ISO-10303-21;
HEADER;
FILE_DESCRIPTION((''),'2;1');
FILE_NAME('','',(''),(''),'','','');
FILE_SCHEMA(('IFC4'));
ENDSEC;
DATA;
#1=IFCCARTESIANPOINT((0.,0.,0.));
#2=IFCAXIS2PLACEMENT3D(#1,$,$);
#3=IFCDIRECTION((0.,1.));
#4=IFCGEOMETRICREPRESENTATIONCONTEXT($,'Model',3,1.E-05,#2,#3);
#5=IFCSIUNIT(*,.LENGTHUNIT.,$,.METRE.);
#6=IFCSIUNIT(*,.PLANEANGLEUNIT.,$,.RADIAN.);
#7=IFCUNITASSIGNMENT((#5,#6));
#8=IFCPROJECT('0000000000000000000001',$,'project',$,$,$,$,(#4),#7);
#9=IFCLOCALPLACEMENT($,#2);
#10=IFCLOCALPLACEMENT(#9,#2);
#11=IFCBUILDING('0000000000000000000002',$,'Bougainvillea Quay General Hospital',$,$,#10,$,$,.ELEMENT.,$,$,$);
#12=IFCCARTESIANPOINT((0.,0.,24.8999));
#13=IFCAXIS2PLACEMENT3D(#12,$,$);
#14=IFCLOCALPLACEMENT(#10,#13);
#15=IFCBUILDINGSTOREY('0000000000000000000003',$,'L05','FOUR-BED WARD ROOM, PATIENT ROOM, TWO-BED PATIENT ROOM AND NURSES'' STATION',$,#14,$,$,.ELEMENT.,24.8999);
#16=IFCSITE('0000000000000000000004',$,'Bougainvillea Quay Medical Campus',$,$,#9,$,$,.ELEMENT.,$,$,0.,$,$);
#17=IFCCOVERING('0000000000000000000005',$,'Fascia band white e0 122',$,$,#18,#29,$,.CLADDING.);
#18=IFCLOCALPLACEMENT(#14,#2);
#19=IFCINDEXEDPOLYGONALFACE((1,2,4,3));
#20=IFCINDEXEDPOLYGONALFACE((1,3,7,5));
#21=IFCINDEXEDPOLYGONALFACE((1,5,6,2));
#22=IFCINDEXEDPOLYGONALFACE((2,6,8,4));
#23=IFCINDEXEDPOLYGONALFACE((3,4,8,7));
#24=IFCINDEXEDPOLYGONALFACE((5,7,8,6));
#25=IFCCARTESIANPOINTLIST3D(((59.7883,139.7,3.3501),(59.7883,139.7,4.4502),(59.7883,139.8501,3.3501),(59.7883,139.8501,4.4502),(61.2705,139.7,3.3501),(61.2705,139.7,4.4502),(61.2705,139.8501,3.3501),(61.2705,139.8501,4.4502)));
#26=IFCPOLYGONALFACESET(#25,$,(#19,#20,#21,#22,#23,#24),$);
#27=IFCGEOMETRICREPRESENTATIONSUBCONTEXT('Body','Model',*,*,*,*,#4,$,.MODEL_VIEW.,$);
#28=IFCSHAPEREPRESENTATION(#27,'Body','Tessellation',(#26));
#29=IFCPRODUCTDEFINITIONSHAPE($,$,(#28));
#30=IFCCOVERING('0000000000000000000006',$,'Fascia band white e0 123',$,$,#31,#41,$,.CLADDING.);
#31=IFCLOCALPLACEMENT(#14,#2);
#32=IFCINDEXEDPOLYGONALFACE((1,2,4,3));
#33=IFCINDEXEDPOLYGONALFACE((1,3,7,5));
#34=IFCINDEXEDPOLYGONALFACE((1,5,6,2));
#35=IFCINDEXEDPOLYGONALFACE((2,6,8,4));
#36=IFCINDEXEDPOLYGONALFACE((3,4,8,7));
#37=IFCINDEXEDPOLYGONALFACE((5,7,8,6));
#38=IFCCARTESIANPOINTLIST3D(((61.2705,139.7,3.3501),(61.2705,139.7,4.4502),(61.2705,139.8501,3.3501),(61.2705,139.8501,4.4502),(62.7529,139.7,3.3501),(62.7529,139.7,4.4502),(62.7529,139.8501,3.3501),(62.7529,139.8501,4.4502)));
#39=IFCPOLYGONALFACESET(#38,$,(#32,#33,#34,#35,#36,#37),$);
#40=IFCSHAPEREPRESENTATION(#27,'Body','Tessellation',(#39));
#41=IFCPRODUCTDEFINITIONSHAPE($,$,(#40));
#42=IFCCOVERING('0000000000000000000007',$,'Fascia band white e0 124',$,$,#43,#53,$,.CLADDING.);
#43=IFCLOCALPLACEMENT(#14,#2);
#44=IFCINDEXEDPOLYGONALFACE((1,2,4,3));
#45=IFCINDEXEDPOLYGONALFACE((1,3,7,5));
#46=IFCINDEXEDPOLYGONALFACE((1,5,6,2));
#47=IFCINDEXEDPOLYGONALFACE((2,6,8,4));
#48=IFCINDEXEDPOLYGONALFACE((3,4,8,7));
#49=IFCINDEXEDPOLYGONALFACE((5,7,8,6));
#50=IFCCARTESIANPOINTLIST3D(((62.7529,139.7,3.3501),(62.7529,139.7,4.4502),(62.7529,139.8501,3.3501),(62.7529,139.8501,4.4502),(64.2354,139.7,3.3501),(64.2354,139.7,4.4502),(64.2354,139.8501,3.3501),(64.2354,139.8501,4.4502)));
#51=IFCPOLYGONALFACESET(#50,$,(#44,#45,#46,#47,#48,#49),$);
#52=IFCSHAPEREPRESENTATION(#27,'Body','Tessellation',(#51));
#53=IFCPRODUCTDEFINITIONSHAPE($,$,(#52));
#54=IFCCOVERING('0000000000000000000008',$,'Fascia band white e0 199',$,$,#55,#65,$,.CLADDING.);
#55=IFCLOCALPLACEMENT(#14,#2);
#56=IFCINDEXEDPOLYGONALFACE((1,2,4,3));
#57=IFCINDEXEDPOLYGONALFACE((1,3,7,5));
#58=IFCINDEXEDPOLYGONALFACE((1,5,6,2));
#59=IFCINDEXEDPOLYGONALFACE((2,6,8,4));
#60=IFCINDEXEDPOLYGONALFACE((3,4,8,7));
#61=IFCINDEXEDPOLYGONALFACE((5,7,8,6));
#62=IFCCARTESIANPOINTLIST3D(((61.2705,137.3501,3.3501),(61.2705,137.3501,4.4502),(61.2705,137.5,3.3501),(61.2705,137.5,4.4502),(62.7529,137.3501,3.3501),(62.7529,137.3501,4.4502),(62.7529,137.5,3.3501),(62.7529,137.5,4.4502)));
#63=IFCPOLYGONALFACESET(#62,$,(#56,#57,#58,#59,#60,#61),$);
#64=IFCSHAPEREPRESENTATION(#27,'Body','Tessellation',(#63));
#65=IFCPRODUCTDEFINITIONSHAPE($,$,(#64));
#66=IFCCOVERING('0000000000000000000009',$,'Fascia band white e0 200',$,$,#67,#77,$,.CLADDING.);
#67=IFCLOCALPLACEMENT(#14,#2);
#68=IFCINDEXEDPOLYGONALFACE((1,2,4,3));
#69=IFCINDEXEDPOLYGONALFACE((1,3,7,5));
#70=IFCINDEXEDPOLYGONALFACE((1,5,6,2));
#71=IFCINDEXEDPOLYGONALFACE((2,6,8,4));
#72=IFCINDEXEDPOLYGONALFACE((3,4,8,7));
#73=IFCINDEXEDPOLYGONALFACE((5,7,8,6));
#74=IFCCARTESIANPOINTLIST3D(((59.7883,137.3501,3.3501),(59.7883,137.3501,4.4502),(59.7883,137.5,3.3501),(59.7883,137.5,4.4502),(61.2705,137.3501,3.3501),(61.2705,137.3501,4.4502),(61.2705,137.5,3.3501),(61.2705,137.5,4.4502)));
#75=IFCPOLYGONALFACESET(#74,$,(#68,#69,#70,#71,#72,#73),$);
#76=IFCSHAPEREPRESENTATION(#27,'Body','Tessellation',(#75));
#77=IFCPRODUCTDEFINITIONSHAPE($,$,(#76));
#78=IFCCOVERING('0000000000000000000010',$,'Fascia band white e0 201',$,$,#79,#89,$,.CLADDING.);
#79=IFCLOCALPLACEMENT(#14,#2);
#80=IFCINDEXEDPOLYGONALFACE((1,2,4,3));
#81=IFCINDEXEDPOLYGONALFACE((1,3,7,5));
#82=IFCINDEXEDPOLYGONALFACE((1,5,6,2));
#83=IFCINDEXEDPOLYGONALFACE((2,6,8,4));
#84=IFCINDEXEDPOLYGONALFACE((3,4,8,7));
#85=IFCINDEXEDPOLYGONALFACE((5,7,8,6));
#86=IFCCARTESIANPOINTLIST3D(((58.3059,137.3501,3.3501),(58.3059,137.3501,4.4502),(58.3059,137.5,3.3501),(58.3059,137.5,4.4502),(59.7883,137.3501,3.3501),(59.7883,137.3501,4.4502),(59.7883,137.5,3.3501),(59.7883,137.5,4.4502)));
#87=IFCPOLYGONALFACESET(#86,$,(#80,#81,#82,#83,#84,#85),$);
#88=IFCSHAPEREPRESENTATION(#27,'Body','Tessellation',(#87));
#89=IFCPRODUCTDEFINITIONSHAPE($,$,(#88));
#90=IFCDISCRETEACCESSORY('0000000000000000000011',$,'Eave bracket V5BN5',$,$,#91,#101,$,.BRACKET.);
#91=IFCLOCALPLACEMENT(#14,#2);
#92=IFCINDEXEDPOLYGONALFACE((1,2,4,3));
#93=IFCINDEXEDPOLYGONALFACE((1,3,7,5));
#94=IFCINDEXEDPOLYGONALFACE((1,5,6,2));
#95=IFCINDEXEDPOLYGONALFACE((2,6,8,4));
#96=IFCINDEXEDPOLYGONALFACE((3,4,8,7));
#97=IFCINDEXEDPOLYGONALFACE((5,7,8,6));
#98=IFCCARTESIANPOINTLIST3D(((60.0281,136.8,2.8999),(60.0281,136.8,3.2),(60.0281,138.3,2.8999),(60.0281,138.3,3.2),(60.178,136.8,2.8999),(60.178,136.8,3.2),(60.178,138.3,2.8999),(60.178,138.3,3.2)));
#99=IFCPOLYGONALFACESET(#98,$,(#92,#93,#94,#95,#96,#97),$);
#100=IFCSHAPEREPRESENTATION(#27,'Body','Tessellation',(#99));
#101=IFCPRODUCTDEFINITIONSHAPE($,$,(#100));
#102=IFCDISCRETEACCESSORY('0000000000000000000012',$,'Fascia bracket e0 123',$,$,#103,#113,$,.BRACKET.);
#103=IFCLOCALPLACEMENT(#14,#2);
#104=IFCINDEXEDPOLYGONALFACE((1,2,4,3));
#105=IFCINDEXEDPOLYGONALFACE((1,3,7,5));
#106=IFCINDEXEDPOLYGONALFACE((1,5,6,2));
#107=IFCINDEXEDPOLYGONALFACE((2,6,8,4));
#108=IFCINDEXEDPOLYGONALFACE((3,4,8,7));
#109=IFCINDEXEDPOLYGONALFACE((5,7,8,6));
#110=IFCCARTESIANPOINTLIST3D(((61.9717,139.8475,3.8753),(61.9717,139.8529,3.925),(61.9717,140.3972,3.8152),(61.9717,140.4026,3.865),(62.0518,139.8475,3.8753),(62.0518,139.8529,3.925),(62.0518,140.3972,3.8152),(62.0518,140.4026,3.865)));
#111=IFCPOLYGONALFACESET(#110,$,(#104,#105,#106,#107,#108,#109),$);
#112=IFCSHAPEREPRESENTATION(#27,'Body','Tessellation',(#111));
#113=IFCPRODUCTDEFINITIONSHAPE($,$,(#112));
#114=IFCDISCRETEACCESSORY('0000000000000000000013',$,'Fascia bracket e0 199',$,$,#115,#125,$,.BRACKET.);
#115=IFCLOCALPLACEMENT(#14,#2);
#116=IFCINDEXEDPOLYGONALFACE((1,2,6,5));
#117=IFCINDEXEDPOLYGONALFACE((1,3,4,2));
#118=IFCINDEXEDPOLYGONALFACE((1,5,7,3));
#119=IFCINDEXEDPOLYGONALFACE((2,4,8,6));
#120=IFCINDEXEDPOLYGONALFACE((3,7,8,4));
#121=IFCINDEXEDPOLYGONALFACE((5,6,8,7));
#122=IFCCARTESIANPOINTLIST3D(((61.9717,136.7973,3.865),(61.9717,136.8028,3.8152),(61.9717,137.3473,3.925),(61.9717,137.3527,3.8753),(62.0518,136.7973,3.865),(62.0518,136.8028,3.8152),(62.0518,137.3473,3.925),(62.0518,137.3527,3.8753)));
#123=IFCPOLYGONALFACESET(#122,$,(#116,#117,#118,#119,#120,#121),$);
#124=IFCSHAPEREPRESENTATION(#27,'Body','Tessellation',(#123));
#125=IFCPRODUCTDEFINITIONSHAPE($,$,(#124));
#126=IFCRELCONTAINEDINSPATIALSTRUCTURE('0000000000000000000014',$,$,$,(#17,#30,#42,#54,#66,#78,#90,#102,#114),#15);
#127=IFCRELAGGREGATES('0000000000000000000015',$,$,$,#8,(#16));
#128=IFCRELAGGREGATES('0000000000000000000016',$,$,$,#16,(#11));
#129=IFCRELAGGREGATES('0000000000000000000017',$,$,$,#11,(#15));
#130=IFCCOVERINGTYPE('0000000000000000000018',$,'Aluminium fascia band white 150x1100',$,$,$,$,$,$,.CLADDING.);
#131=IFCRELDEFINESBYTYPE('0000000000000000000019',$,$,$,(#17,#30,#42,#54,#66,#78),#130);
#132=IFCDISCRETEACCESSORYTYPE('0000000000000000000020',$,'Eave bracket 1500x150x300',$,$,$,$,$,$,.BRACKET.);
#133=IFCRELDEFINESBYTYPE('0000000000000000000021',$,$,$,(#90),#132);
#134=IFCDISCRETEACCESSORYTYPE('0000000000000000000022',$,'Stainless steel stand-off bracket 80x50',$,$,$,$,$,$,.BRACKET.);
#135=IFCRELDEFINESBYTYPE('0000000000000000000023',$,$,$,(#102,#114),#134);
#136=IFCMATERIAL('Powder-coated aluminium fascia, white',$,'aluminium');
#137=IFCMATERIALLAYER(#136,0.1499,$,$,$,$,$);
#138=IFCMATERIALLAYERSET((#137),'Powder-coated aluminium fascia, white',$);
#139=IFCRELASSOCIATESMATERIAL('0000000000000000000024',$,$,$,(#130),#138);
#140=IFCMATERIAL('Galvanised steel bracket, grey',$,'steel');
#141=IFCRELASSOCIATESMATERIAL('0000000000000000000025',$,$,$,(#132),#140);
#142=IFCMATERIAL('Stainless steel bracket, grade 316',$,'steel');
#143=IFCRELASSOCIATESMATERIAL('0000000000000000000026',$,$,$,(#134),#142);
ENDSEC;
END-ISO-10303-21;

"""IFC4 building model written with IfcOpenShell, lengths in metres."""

from ifc_helpers import new_model, si_unit, direction, frame, origin, origin_2d, place, context, subcontext, project, spatial, polyline, rectangle, outline, extrude, material, layer, layer_set, material_profile, profile_set, type_object, element, save


model = new_model("IFC4")

# Units and contexts
model_context = context("Model", 3, precision=1e-05, world=origin(), true_north=direction((0.0, 1.0)))
body_context = subcontext(model_context, "Body", "Model", "MODEL_VIEW")
ifc_project = project(units=[si_unit("LENGTHUNIT", "METRE"), si_unit("PLANEANGLEUNIT", "RADIAN")], contexts=[model_context])

# Site, building, storey
site_placement = place(None, origin())
site = spatial("IfcSite", under=ifc_project, at=site_placement, Name="Bougainvillea Quay Medical Campus", CompositionType="ELEMENT", RefElevation=0.0)
building_placement = place(site_placement, origin())
building = spatial("IfcBuilding", under=site, at=building_placement, Name="Bougainvillea Quay General Hospital", CompositionType="ELEMENT")
storey_placement = place(building_placement, frame((0.0, 0.0, 24.8999)))
storey = spatial("IfcBuildingStorey", under=building, at=storey_placement, Name="L05", Description="FOUR-BED WARD ROOM, PATIENT ROOM, TWO-BED PATIENT ROOM AND NURSES' STATION", CompositionType="ELEMENT", Elevation=24.8999)

# Coverings
ifc_material_1 = material(Name="Powder-coated aluminium fascia, white", Category="aluminium")
ifc_layer_1 = layer(ifc_material_1, 0.1499)
ifc_layer_set_1 = layer_set([ifc_layer_1], Name="Powder-coated aluminium fascia, white")
covering_type = type_object("IfcCoveringType", Name="Aluminium fascia band white 150x1100", PredefinedType="CLADDING", material=ifc_layer_set_1)
covering_1_placement = place(storey_placement, frame((59.7883, 139.8501, 3.3501), z_axis=(0.0, 0.0, 1.0), x_axis=(1.0, 0.0, 0.0)))
element("IfcCovering", 1, at=covering_1_placement, inside=storey, type_object=covering_type, Name="Fascia band white e0 122", PredefinedType="CLADDING", context=body_context, shape_type="SweptSolid", body=[
    extrude(outline(polyline([(0.0, 0.0), (1.4822, 0.0), (1.4822, -0.1501), (0.0, -0.1501), (0.0, 0.0)])), origin(), (0.0, 0.0, 1.0), 1.1001),
])
for number, where, z_axis, x_axis, name in (
    (2, (61.2705, 139.8501, 3.3501), (0.0, 0.0, 1.0), (1.0, 0.0, 0.0), "Fascia band white e0 123"),
    (3, (62.7529, 139.8501, 3.3501), (0.0, 0.0, 1.0), (1.0, 0.0, 0.0), "Fascia band white e0 124"),
):
    element("IfcCovering", number, at=place(storey_placement, frame(where, z_axis=z_axis, x_axis=x_axis)), inside=storey, type_object=covering_type, Name=name, PredefinedType="CLADDING", context=body_context, shape_type="SweptSolid", body=[
        extrude(outline(polyline([(0.0, 0.0), (1.4824, 0.0), (1.4824, -0.1501), (0.0, -0.1501), (0.0, 0.0)])), origin(), (0.0, 0.0, 1.0), 1.1001),
    ])
covering_2_placement = place(storey_placement, frame((62.7529, 137.3501, 3.3501), z_axis=(0.0, 0.0, 1.0), x_axis=(-1.0, 0.0, 0.0)))
element("IfcCovering", 4, at=covering_2_placement, inside=storey, type_object=covering_type, Name="Fascia band white e0 199", PredefinedType="CLADDING", context=body_context, shape_type="SweptSolid", body=[
    extrude(outline(polyline([(0.0, 0.0), (1.4824, 0.0), (1.4824, -0.1499), (0.0, -0.1499), (0.0, 0.0)])), origin(), (0.0, 0.0, 1.0), 1.1001),
])
covering_3_placement = place(storey_placement, frame((61.2705, 137.3501, 3.3501), z_axis=(0.0, 0.0, 1.0), x_axis=(-1.0, 0.0, 0.0)))
element("IfcCovering", 5, at=covering_3_placement, inside=storey, type_object=covering_type, Name="Fascia band white e0 200", PredefinedType="CLADDING", context=body_context, shape_type="SweptSolid", body=[
    extrude(outline(polyline([(0.0, 0.0), (1.4822, 0.0), (1.4822, -0.1499), (0.0, -0.1499), (0.0, 0.0)])), origin(), (0.0, 0.0, 1.0), 1.1001),
])
covering_4_placement = place(storey_placement, frame((59.7883, 137.3501, 3.3501), z_axis=(0.0, 0.0, 1.0), x_axis=(-1.0, 0.0, 0.0)))
element("IfcCovering", 6, at=covering_4_placement, inside=storey, type_object=covering_type, Name="Fascia band white e0 201", PredefinedType="CLADDING", context=body_context, shape_type="SweptSolid", body=[
    extrude(outline(polyline([(0.0, 0.0), (1.4824, 0.0), (1.4824, -0.1499), (0.0, -0.1499), (0.0, 0.0)])), origin(), (0.0, 0.0, 1.0), 1.1001),
])

# Discrete accessories
ifc_material_2 = material(Name="Galvanised steel bracket, grey", Category="steel")
discrete_accessory_type_1 = type_object("IfcDiscreteAccessoryType", Name="Eave bracket 1500x150x300", PredefinedType="BRACKET", material=ifc_material_2)
discrete_accessory_1_placement = place(storey_placement, frame((60.103, 137.55, 2.8999), z_axis=(0.0, 0.0, 1.0), x_axis=(1.0, 0.0, 0.0)))
element("IfcDiscreteAccessory", 7, at=discrete_accessory_1_placement, inside=storey, type_object=discrete_accessory_type_1, Name="Eave bracket V5BN5", PredefinedType="BRACKET", context=body_context, shape_type="SweptSolid", body=[
    extrude(rectangle(XDim=0.1499, YDim=1.5, at=origin_2d()), origin(), (0.0, 0.0, 1.0), 0.3),
])
ifc_material_3 = material(Name="Stainless steel bracket, grade 316", Category="steel")
ifc_material_profile_1 = material_profile(ifc_material_3, rectangle(XDim=0.0801, YDim=0.05, at=origin_2d()))
ifc_profile_set_1 = profile_set([ifc_material_profile_1], Name="Stainless steel bracket, grade 316")
discrete_accessory_type_2 = type_object("IfcDiscreteAccessoryType", Name="Stainless steel stand-off bracket 80x50", PredefinedType="BRACKET", material=ifc_profile_set_1)
discrete_accessory_2_placement = place(storey_placement, frame((62.0117, 140.3999, 3.8401), z_axis=(0.0, -0.994087, 0.10859), x_axis=(1.0, 0.0, 0.0)))
element("IfcDiscreteAccessory", 8, at=discrete_accessory_2_placement, inside=storey, type_object=discrete_accessory_type_2, Name="Fascia bracket e0 123", PredefinedType="BRACKET", context=body_context, shape_type="SweptSolid", body=[
    extrude(rectangle(XDim=0.0801, YDim=0.05, at=origin_2d()), origin(), (0.0, 0.0, 1.0), 0.553),
])
discrete_accessory_3_placement = place(storey_placement, frame((62.0117, 136.8, 3.8401), z_axis=(0.0, 0.994092, 0.108543), x_axis=(-1.0, 0.0, 0.0)))
element("IfcDiscreteAccessory", 9, at=discrete_accessory_3_placement, inside=storey, type_object=discrete_accessory_type_2, Name="Fascia bracket e0 199", PredefinedType="BRACKET", context=body_context, shape_type="SweptSolid", body=[
    extrude(rectangle(XDim=0.0801, YDim=0.05, at=origin_2d()), origin(), (0.0, 0.0, 1.0), 0.5532),
])

save(model, "model.ifc")
